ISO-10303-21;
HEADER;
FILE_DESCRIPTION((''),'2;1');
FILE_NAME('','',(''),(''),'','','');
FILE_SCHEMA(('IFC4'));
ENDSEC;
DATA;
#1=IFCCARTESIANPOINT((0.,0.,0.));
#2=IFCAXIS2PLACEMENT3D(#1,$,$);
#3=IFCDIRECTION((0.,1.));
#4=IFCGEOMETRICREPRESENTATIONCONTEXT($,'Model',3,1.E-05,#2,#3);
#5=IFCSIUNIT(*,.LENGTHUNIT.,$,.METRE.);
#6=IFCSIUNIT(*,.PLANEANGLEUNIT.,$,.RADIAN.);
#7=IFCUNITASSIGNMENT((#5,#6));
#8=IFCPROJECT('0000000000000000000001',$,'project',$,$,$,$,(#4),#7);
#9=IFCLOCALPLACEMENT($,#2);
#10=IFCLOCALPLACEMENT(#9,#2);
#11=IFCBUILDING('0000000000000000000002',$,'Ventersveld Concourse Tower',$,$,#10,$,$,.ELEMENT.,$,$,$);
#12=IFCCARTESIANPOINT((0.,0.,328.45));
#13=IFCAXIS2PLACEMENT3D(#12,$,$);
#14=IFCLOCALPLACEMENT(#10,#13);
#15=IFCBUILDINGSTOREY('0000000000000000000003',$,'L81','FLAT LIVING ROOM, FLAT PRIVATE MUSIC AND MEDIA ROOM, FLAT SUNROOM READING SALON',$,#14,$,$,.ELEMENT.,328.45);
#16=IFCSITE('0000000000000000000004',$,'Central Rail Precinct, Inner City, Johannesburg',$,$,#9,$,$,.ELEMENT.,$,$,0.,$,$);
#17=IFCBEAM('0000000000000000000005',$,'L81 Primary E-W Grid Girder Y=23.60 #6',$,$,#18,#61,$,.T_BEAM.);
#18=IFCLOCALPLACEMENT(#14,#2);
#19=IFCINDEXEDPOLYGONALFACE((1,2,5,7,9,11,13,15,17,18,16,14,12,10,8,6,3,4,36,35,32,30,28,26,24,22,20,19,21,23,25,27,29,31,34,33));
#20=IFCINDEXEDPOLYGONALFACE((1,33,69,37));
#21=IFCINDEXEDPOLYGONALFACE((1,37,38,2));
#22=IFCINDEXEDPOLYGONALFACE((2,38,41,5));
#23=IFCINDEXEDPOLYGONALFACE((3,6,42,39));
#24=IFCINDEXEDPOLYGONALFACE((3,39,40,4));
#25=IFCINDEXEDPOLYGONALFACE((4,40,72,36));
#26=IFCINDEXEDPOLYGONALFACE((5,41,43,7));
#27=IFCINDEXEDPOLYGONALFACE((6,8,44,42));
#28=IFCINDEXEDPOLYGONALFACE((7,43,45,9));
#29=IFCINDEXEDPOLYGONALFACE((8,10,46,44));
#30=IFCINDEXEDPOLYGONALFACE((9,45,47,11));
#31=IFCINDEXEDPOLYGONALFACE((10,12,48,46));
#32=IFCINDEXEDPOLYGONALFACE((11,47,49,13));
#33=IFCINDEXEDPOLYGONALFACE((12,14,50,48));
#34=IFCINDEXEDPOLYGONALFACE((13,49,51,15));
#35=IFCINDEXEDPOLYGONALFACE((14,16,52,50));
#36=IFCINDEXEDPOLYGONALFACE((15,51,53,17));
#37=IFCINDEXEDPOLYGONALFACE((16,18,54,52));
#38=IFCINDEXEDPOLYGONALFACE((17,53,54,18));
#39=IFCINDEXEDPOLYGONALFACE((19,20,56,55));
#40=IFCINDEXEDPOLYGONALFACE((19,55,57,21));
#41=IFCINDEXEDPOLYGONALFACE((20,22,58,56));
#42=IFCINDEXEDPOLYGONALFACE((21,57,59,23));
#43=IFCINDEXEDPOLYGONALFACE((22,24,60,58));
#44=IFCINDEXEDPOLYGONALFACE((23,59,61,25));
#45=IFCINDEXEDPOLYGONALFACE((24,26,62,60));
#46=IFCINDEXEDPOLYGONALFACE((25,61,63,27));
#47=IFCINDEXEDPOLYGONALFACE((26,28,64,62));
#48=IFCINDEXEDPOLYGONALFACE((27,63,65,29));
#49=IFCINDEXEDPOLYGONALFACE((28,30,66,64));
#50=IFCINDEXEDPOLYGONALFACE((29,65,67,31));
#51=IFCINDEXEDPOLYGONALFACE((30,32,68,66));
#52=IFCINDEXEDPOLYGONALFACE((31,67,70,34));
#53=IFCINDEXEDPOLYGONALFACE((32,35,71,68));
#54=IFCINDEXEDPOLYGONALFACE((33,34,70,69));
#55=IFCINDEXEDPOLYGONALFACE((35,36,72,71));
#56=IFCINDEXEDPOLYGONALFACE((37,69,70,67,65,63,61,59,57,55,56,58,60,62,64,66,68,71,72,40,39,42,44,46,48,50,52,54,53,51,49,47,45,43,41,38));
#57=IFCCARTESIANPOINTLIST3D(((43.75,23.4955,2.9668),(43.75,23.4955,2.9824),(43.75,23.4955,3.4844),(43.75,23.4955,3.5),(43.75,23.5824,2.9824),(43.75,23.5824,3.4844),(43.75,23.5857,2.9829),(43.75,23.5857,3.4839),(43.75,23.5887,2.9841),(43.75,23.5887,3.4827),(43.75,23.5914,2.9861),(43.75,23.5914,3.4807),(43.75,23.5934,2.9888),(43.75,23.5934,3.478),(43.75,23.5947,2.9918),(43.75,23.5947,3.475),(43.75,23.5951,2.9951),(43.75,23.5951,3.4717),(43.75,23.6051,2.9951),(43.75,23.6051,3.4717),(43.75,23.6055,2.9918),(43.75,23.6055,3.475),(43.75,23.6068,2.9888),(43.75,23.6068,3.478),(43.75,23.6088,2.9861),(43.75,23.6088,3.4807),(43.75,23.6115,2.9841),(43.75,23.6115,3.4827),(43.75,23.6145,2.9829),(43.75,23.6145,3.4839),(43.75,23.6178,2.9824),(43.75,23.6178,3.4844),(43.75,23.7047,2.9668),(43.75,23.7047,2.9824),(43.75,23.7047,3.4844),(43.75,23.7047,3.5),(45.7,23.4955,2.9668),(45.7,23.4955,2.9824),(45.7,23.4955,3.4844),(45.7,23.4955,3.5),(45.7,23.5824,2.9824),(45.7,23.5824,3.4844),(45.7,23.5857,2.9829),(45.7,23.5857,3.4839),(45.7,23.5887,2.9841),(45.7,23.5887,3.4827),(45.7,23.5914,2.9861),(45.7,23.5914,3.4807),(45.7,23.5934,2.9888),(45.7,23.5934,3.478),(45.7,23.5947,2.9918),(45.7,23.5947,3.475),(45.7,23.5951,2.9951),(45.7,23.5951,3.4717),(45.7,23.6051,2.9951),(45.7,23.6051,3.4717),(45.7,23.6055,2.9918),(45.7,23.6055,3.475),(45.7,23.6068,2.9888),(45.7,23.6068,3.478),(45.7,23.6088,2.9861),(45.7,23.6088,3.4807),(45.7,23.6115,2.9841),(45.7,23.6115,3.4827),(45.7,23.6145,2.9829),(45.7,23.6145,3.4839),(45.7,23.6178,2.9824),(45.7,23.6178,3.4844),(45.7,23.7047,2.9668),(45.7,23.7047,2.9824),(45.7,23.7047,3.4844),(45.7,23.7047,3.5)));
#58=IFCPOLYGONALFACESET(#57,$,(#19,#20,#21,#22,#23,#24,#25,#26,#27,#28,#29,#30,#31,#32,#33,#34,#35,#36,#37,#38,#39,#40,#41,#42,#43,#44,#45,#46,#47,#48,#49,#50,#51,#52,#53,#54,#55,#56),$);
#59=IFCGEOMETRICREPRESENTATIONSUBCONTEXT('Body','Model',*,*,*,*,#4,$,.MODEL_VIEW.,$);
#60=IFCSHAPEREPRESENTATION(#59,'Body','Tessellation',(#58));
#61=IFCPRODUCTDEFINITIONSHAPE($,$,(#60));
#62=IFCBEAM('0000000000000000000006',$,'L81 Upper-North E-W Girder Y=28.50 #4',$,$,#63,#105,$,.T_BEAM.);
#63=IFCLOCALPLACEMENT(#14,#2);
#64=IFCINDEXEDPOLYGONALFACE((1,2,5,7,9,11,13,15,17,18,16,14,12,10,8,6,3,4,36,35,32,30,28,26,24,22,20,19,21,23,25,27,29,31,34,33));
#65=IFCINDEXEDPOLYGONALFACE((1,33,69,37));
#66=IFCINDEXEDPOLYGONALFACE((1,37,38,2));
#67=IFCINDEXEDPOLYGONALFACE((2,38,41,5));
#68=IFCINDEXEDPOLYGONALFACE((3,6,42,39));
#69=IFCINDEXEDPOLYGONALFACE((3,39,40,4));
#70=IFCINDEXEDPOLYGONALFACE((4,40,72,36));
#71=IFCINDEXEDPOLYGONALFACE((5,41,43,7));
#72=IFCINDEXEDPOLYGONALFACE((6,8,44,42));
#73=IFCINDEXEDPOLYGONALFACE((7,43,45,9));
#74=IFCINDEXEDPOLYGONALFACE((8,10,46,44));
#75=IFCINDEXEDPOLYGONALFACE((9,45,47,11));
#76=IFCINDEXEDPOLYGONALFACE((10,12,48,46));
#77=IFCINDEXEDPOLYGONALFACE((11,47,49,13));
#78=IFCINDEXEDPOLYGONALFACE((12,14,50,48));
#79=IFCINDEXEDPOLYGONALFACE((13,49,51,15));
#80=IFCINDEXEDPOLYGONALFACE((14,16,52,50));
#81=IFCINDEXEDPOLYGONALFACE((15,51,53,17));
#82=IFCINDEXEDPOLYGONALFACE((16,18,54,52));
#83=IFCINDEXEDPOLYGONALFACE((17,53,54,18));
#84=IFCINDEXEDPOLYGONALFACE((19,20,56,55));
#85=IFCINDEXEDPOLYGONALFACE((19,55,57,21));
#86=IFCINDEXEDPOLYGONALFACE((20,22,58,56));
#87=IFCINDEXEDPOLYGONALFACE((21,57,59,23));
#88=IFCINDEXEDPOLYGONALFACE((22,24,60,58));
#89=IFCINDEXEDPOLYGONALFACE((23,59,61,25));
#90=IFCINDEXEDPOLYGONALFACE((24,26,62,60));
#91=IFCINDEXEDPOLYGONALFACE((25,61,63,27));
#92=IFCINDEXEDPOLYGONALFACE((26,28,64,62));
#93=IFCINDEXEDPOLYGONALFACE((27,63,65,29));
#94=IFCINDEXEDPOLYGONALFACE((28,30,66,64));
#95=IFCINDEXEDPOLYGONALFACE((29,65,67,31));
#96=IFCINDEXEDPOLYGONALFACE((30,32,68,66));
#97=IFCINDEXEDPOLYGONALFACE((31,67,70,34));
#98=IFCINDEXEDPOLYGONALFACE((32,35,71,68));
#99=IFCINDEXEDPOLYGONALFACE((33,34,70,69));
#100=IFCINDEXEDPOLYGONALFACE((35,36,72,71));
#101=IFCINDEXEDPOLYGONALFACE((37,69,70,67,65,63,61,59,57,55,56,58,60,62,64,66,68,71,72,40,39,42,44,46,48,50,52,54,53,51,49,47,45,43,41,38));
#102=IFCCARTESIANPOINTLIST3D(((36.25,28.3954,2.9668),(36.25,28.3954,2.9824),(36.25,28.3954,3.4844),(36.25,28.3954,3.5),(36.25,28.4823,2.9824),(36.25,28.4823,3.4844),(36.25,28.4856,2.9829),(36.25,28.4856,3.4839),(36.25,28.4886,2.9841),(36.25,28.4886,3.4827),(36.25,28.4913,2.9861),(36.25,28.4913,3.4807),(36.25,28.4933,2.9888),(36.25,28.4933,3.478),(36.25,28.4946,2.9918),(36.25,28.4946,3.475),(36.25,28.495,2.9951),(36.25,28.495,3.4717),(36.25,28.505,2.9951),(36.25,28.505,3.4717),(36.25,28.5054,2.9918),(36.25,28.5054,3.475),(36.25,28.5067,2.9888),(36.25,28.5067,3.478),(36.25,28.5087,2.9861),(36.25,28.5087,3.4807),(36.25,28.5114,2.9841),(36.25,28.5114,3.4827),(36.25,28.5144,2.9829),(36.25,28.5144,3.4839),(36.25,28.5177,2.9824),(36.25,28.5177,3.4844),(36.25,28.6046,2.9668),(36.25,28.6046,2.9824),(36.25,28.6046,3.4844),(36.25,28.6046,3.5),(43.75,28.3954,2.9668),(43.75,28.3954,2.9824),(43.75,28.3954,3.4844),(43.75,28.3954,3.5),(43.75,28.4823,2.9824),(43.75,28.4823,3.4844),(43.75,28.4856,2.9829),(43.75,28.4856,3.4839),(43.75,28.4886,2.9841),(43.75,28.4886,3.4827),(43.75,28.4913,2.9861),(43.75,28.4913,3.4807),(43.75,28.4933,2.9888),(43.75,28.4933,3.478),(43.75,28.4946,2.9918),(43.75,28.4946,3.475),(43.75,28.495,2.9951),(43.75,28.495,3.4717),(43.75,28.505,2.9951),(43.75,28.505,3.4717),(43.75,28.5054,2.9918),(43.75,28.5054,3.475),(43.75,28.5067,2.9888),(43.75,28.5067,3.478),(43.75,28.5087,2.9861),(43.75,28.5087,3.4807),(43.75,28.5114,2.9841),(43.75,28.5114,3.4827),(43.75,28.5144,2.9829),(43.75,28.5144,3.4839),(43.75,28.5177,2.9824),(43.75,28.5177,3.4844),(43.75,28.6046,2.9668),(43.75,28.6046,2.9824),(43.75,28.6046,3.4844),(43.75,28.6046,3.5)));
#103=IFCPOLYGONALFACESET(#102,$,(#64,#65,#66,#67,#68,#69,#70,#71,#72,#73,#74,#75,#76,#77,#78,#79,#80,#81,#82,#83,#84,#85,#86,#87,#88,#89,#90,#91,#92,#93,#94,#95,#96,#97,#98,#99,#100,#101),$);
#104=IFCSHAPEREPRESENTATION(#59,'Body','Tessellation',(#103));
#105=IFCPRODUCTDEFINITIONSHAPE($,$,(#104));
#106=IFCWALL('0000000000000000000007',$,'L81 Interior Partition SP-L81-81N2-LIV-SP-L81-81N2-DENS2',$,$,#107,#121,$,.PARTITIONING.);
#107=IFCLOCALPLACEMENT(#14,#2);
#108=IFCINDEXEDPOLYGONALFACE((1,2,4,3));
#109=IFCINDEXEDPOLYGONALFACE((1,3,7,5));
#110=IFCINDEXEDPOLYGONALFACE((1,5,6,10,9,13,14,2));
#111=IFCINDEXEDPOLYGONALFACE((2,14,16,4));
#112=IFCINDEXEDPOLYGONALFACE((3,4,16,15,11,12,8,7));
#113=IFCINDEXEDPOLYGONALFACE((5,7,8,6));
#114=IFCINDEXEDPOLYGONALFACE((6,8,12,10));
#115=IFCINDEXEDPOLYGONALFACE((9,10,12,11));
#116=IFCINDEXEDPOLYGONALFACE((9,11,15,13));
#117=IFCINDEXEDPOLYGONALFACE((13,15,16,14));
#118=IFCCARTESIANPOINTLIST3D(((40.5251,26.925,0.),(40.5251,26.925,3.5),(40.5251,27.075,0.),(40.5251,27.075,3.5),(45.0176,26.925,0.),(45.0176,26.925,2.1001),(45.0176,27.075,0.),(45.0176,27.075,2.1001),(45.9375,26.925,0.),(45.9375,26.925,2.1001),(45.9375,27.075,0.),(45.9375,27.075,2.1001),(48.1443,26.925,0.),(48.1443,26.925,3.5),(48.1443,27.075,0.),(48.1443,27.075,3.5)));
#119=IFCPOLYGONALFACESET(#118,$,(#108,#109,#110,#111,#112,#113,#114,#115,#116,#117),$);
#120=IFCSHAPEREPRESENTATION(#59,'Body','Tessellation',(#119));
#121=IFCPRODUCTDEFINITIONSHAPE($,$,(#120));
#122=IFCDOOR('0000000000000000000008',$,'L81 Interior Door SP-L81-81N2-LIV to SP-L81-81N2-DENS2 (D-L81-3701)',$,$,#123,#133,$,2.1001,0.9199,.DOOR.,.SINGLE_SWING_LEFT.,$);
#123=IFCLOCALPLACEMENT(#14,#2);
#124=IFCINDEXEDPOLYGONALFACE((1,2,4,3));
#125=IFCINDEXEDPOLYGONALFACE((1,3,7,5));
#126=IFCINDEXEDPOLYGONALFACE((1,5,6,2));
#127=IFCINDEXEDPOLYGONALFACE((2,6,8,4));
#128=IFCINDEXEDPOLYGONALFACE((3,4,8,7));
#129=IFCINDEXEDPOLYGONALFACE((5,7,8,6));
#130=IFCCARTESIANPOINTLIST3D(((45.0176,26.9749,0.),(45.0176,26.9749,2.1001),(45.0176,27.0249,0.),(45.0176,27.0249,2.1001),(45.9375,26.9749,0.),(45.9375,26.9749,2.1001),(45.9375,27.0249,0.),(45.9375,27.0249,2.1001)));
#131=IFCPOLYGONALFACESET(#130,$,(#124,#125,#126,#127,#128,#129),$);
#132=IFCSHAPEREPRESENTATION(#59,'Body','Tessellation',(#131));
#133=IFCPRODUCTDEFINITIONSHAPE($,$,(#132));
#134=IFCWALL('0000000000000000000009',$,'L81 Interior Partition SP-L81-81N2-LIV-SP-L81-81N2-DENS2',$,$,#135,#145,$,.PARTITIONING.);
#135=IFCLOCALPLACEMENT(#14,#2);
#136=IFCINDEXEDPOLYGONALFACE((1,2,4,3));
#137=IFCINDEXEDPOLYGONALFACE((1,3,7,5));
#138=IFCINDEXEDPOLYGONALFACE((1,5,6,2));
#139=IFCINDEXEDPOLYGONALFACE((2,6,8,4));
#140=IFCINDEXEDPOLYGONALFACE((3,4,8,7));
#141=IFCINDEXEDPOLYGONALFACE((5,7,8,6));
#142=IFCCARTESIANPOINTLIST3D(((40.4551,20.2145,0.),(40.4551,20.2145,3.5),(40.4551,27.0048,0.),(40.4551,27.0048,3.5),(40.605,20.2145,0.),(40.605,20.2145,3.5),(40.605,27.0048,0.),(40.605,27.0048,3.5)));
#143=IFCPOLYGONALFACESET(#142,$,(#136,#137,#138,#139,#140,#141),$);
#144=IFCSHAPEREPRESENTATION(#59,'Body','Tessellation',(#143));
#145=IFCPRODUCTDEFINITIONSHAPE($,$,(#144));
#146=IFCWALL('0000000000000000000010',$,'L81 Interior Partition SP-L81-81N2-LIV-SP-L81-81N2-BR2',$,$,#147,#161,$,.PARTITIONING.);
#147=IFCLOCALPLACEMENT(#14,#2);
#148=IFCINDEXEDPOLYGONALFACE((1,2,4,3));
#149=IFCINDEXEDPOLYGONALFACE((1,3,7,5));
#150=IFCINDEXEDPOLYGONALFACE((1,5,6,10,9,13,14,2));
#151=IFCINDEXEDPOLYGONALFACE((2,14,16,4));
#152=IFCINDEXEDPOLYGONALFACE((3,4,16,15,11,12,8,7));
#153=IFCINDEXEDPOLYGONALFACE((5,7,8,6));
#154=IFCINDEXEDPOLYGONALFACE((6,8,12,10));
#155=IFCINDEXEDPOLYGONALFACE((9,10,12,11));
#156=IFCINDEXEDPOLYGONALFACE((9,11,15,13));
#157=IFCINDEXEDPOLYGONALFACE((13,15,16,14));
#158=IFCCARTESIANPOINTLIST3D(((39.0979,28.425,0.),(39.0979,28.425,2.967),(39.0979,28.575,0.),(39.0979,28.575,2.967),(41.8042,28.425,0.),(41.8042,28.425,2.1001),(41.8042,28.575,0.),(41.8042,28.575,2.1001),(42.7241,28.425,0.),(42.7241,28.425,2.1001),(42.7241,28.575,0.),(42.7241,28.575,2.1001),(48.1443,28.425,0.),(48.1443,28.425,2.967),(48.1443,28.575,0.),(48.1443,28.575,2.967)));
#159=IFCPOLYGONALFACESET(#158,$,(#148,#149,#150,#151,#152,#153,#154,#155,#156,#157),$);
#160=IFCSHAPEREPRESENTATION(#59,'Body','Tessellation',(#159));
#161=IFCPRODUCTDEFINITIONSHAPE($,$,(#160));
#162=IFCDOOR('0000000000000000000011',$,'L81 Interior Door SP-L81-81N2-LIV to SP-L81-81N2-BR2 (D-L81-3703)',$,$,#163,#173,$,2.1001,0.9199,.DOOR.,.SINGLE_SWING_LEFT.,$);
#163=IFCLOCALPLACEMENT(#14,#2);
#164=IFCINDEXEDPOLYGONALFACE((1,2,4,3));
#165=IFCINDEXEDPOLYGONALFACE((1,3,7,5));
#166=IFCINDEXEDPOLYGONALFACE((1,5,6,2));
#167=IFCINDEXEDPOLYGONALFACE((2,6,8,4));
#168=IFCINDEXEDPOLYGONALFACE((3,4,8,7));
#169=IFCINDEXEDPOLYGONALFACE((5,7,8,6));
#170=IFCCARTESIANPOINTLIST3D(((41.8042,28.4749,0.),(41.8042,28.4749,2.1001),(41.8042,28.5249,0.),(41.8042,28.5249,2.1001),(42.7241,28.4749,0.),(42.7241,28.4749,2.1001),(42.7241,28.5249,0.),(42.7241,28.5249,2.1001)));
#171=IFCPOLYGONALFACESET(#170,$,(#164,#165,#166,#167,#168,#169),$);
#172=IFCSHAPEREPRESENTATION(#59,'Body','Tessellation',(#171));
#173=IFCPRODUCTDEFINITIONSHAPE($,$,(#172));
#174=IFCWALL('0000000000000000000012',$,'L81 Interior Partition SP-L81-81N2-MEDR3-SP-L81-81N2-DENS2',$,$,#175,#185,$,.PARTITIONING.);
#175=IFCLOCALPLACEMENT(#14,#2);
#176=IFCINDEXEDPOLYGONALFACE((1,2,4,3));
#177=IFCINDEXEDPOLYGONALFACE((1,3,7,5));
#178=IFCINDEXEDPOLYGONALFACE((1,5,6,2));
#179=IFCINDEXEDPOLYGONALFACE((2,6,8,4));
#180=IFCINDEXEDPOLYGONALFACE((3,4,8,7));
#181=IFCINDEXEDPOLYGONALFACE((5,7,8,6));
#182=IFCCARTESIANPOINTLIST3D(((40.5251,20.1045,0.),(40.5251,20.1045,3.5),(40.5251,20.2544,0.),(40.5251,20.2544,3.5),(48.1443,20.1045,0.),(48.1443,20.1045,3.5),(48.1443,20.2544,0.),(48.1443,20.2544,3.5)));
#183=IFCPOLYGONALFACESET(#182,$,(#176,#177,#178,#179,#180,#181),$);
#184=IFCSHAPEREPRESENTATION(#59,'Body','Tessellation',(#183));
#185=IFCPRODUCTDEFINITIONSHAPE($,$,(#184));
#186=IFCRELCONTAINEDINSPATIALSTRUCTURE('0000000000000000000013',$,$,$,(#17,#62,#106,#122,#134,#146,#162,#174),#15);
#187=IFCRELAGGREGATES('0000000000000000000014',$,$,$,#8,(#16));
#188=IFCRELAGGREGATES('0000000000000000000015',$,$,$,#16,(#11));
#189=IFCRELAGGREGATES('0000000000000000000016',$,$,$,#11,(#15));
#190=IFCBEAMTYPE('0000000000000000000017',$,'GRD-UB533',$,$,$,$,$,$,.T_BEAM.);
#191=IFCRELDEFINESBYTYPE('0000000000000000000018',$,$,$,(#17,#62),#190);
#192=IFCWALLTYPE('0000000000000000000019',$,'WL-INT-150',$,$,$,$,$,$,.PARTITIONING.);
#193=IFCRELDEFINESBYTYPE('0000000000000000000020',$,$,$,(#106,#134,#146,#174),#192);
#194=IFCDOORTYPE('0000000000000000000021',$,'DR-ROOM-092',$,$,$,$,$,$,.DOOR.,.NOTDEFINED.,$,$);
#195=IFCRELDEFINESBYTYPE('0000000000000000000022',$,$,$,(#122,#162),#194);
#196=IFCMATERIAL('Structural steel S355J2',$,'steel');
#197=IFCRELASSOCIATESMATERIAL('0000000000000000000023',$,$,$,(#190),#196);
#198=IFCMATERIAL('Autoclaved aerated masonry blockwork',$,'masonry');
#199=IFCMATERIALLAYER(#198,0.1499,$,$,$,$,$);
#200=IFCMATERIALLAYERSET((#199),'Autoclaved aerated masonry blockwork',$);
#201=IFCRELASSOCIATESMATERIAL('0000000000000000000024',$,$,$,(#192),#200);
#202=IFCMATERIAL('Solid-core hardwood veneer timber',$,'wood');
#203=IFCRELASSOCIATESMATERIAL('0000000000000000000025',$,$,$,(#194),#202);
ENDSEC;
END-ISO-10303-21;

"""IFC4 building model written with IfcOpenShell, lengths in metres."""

from ifc_helpers import new_model, si_unit, direction, frame, frame_2d, origin, origin_2d, place, context, subcontext, project, spatial, rectangle, i_section, extrude, material, layer, layer_set, material_profile, profile_set, type_object, element, fill, save


model = new_model("IFC4")

# Units and contexts
model_context = context("Model", 3, precision=1e-05, world=origin(), true_north=direction((0.0, 1.0)))
body_context = subcontext(model_context, "Body", "Model", "MODEL_VIEW")
ifc_project = project(units=[si_unit("LENGTHUNIT", "METRE"), si_unit("PLANEANGLEUNIT", "RADIAN")], contexts=[model_context])

# Site, building, storey
site_placement = place(None, origin())
site = spatial("IfcSite", under=ifc_project, at=site_placement, Name="Central Rail Precinct, Inner City, Johannesburg", CompositionType="ELEMENT", RefElevation=0.0)
building_placement = place(site_placement, origin())
building = spatial("IfcBuilding", under=site, at=building_placement, Name="Ventersveld Concourse Tower", CompositionType="ELEMENT")
storey_placement = place(building_placement, frame((0.0, 0.0, 328.45)))
storey = spatial("IfcBuildingStorey", under=building, at=storey_placement, Name="L81", Description="FLAT LIVING ROOM, FLAT PRIVATE MUSIC AND MEDIA ROOM, FLAT SUNROOM READING SALON", CompositionType="ELEMENT", Elevation=328.45)

# Shared definitions
ifc_material_1 = material(Name="Structural steel S355J2", Category="steel")

# Beams
ifc_material_profile_1 = material_profile(ifc_material_1, i_section(OverallWidth=0.2092, OverallDepth=0.5332, WebThickness=0.01, FlangeThickness=0.0156, FilletRadius=0.0127, at=origin_2d()), Name="UB 533x210x92")
ifc_profile_set_1 = profile_set([ifc_material_profile_1], Name="Structural steel S355J2")
beam_type_1 = type_object("IfcBeamType", Name="GRD-UB533", PredefinedType="T_BEAM", material=ifc_profile_set_1)
beam_1_placement = place(storey_placement, frame((43.75, 23.6001, 3.2334), z_axis=(1.0, 0.0, 0.0), x_axis=(0.0, 1.0, 0.0)))
element("IfcBeam", 1, at=beam_1_placement, inside=storey, type_object=beam_type_1, Name="L81 Primary E-W Grid Girder Y=23.60 #6", PredefinedType="T_BEAM", context=body_context, shape_type="SweptSolid", body=[
    extrude(i_section(OverallWidth=0.2092, OverallDepth=0.5332, WebThickness=0.01, FlangeThickness=0.0156, FilletRadius=0.0127, at=origin_2d()), origin(), (0.0, 0.0, 1.0), 1.95),
])
beam_2_placement = place(storey_placement, frame((36.25, 28.5, 3.2334), z_axis=(1.0, 0.0, 0.0), x_axis=(0.0, 1.0, 0.0)))
element("IfcBeam", 2, at=beam_2_placement, inside=storey, type_object=beam_type_1, Name="L81 Upper-North E-W Girder Y=28.50 #4", PredefinedType="T_BEAM", context=body_context, shape_type="SweptSolid", body=[
    extrude(i_section(OverallWidth=0.2092, OverallDepth=0.5332, WebThickness=0.01, FlangeThickness=0.0156, FilletRadius=0.0127, at=origin_2d()), origin(), (0.0, 0.0, 1.0), 7.5),
])

# Wall, opening, door
ifc_material_2 = material(Name="Autoclaved aerated masonry blockwork", Category="masonry")
ifc_layer_1 = layer(ifc_material_2, 0.1499)
ifc_layer_set_1 = layer_set([ifc_layer_1], Name="Autoclaved aerated masonry blockwork")
wall_type_1 = type_object("IfcWallType", Name="WL-INT-150", PredefinedType="PARTITIONING", material=ifc_layer_set_1)
wall_1_placement = place(storey_placement, frame((40.5251, 27.0, 0.0), z_axis=(0.0, 0.0, 1.0), x_axis=(1.0, 0.0, 0.0)))
wall_1 = element("IfcWall", 3, at=wall_1_placement, inside=storey, type_object=wall_type_1, Name="L81 Interior Partition SP-L81-81N2-LIV-SP-L81-81N2-DENS2", PredefinedType="PARTITIONING", context=body_context, shape_type="SweptSolid", body=[
    extrude(rectangle(XDim=7.6191, YDim=0.1499, at=frame_2d((3.8096, 0.0))), origin(), (0.0, 0.0, 1.0), 3.5),
])
opening_1_placement = place(wall_1_placement, frame((4.4924, 0.0, 0.0)))
opening_1 = element("IfcOpeningElement", 4, at=opening_1_placement, cuts=wall_1, PredefinedType="OPENING", context=body_context, shape_type="SweptSolid", body=[
    extrude(rectangle(XDim=0.9199, YDim=2.1001, at=frame_2d((0.46, 1.05))), frame((0.0, 0.085, 0.0), z_axis=(0.0, -1.0, 0.0), x_axis=(1.0, 0.0, 0.0)), (0.0, 0.0, 1.0), 0.1699),
])
ifc_material_3 = material(Name="Solid-core hardwood veneer timber", Category="wood")
door_type = type_object("IfcDoorType", Name="DR-ROOM-092", OperationType="NOTDEFINED", PredefinedType="DOOR", material=ifc_material_3)
door_1_placement = place(opening_1_placement, origin())
door_1 = element("IfcDoor", 5, at=door_1_placement, inside=storey, type_object=door_type, Name="L81 Interior Door SP-L81-81N2-LIV to SP-L81-81N2-DENS2 (D-L81-3701)", OperationType="SINGLE_SWING_LEFT", OverallHeight=2.1001, OverallWidth=0.9199, PredefinedType="DOOR", context=body_context, shape_type="SweptSolid", body=[
    extrude(rectangle(XDim=0.9199, YDim=2.1001, at=frame_2d((0.46, 1.05))), frame((0.0, 0.0249, 0.0), z_axis=(0.0, -1.0, 0.0), x_axis=(1.0, 0.0, 0.0)), (0.0, 0.0, 1.0), 0.05),
])
fill(opening_1, door_1)

# Wall
wall_2_placement = place(storey_placement, frame((40.53, 20.2146, 0.0), z_axis=(0.0, 0.0, 1.0), x_axis=(0.0, 1.0, 0.0)))
element("IfcWall", 6, at=wall_2_placement, inside=storey, type_object=wall_type_1, Name="L81 Interior Partition SP-L81-81N2-LIV-SP-L81-81N2-DENS2", PredefinedType="PARTITIONING", context=body_context, shape_type="SweptSolid", body=[
    extrude(rectangle(XDim=6.7903, YDim=0.1499, at=frame_2d((3.395, 0.0))), origin(), (0.0, 0.0, 1.0), 3.5),
])

# Wall, opening, door
wall_3_placement = place(storey_placement, frame((39.0979, 28.5, 0.0), z_axis=(0.0, 0.0, 1.0), x_axis=(1.0, 0.0, 0.0)))
wall_3 = element("IfcWall", 7, at=wall_3_placement, inside=storey, type_object=wall_type_1, Name="L81 Interior Partition SP-L81-81N2-LIV-SP-L81-81N2-BR2", PredefinedType="PARTITIONING", context=body_context, shape_type="SweptSolid", body=[
    extrude(rectangle(XDim=9.0464, YDim=0.1499, at=frame_2d((4.5232, 0.0))), origin(), (0.0, 0.0, 1.0), 2.967),
])
opening_2_placement = place(wall_3_placement, frame((2.7063, 0.0, 0.0)))
opening_2 = element("IfcOpeningElement", 8, at=opening_2_placement, cuts=wall_3, PredefinedType="OPENING", context=body_context, shape_type="SweptSolid", body=[
    extrude(rectangle(XDim=0.9199, YDim=2.1001, at=frame_2d((0.46, 1.05))), frame((0.0, 0.085, 0.0), z_axis=(0.0, -1.0, 0.0), x_axis=(1.0, 0.0, 0.0)), (0.0, 0.0, 1.0), 0.1699),
])
door_2_placement = place(opening_2_placement, origin())
door_2 = element("IfcDoor", 9, at=door_2_placement, inside=storey, type_object=door_type, Name="L81 Interior Door SP-L81-81N2-LIV to SP-L81-81N2-BR2 (D-L81-3703)", OperationType="SINGLE_SWING_LEFT", OverallHeight=2.1001, OverallWidth=0.9199, PredefinedType="DOOR", context=body_context, shape_type="SweptSolid", body=[
    extrude(rectangle(XDim=0.9199, YDim=2.1001, at=frame_2d((0.46, 1.05))), frame((0.0, 0.0249, 0.0), z_axis=(0.0, -1.0, 0.0), x_axis=(1.0, 0.0, 0.0)), (0.0, 0.0, 1.0), 0.05),
])
fill(opening_2, door_2)

# Wall
wall_4_placement = place(storey_placement, frame((40.5251, 20.1794, 0.0), z_axis=(0.0, 0.0, 1.0), x_axis=(1.0, 0.0, 0.0)))
element("IfcWall", 10, at=wall_4_placement, inside=storey, type_object=wall_type_1, Name="L81 Interior Partition SP-L81-81N2-MEDR3-SP-L81-81N2-DENS2", PredefinedType="PARTITIONING", context=body_context, shape_type="SweptSolid", body=[
    extrude(rectangle(XDim=7.6191, YDim=0.1499, at=frame_2d((3.8096, 0.0))), origin(), (0.0, 0.0, 1.0), 3.5),
])

save(model, "model.ifc")
